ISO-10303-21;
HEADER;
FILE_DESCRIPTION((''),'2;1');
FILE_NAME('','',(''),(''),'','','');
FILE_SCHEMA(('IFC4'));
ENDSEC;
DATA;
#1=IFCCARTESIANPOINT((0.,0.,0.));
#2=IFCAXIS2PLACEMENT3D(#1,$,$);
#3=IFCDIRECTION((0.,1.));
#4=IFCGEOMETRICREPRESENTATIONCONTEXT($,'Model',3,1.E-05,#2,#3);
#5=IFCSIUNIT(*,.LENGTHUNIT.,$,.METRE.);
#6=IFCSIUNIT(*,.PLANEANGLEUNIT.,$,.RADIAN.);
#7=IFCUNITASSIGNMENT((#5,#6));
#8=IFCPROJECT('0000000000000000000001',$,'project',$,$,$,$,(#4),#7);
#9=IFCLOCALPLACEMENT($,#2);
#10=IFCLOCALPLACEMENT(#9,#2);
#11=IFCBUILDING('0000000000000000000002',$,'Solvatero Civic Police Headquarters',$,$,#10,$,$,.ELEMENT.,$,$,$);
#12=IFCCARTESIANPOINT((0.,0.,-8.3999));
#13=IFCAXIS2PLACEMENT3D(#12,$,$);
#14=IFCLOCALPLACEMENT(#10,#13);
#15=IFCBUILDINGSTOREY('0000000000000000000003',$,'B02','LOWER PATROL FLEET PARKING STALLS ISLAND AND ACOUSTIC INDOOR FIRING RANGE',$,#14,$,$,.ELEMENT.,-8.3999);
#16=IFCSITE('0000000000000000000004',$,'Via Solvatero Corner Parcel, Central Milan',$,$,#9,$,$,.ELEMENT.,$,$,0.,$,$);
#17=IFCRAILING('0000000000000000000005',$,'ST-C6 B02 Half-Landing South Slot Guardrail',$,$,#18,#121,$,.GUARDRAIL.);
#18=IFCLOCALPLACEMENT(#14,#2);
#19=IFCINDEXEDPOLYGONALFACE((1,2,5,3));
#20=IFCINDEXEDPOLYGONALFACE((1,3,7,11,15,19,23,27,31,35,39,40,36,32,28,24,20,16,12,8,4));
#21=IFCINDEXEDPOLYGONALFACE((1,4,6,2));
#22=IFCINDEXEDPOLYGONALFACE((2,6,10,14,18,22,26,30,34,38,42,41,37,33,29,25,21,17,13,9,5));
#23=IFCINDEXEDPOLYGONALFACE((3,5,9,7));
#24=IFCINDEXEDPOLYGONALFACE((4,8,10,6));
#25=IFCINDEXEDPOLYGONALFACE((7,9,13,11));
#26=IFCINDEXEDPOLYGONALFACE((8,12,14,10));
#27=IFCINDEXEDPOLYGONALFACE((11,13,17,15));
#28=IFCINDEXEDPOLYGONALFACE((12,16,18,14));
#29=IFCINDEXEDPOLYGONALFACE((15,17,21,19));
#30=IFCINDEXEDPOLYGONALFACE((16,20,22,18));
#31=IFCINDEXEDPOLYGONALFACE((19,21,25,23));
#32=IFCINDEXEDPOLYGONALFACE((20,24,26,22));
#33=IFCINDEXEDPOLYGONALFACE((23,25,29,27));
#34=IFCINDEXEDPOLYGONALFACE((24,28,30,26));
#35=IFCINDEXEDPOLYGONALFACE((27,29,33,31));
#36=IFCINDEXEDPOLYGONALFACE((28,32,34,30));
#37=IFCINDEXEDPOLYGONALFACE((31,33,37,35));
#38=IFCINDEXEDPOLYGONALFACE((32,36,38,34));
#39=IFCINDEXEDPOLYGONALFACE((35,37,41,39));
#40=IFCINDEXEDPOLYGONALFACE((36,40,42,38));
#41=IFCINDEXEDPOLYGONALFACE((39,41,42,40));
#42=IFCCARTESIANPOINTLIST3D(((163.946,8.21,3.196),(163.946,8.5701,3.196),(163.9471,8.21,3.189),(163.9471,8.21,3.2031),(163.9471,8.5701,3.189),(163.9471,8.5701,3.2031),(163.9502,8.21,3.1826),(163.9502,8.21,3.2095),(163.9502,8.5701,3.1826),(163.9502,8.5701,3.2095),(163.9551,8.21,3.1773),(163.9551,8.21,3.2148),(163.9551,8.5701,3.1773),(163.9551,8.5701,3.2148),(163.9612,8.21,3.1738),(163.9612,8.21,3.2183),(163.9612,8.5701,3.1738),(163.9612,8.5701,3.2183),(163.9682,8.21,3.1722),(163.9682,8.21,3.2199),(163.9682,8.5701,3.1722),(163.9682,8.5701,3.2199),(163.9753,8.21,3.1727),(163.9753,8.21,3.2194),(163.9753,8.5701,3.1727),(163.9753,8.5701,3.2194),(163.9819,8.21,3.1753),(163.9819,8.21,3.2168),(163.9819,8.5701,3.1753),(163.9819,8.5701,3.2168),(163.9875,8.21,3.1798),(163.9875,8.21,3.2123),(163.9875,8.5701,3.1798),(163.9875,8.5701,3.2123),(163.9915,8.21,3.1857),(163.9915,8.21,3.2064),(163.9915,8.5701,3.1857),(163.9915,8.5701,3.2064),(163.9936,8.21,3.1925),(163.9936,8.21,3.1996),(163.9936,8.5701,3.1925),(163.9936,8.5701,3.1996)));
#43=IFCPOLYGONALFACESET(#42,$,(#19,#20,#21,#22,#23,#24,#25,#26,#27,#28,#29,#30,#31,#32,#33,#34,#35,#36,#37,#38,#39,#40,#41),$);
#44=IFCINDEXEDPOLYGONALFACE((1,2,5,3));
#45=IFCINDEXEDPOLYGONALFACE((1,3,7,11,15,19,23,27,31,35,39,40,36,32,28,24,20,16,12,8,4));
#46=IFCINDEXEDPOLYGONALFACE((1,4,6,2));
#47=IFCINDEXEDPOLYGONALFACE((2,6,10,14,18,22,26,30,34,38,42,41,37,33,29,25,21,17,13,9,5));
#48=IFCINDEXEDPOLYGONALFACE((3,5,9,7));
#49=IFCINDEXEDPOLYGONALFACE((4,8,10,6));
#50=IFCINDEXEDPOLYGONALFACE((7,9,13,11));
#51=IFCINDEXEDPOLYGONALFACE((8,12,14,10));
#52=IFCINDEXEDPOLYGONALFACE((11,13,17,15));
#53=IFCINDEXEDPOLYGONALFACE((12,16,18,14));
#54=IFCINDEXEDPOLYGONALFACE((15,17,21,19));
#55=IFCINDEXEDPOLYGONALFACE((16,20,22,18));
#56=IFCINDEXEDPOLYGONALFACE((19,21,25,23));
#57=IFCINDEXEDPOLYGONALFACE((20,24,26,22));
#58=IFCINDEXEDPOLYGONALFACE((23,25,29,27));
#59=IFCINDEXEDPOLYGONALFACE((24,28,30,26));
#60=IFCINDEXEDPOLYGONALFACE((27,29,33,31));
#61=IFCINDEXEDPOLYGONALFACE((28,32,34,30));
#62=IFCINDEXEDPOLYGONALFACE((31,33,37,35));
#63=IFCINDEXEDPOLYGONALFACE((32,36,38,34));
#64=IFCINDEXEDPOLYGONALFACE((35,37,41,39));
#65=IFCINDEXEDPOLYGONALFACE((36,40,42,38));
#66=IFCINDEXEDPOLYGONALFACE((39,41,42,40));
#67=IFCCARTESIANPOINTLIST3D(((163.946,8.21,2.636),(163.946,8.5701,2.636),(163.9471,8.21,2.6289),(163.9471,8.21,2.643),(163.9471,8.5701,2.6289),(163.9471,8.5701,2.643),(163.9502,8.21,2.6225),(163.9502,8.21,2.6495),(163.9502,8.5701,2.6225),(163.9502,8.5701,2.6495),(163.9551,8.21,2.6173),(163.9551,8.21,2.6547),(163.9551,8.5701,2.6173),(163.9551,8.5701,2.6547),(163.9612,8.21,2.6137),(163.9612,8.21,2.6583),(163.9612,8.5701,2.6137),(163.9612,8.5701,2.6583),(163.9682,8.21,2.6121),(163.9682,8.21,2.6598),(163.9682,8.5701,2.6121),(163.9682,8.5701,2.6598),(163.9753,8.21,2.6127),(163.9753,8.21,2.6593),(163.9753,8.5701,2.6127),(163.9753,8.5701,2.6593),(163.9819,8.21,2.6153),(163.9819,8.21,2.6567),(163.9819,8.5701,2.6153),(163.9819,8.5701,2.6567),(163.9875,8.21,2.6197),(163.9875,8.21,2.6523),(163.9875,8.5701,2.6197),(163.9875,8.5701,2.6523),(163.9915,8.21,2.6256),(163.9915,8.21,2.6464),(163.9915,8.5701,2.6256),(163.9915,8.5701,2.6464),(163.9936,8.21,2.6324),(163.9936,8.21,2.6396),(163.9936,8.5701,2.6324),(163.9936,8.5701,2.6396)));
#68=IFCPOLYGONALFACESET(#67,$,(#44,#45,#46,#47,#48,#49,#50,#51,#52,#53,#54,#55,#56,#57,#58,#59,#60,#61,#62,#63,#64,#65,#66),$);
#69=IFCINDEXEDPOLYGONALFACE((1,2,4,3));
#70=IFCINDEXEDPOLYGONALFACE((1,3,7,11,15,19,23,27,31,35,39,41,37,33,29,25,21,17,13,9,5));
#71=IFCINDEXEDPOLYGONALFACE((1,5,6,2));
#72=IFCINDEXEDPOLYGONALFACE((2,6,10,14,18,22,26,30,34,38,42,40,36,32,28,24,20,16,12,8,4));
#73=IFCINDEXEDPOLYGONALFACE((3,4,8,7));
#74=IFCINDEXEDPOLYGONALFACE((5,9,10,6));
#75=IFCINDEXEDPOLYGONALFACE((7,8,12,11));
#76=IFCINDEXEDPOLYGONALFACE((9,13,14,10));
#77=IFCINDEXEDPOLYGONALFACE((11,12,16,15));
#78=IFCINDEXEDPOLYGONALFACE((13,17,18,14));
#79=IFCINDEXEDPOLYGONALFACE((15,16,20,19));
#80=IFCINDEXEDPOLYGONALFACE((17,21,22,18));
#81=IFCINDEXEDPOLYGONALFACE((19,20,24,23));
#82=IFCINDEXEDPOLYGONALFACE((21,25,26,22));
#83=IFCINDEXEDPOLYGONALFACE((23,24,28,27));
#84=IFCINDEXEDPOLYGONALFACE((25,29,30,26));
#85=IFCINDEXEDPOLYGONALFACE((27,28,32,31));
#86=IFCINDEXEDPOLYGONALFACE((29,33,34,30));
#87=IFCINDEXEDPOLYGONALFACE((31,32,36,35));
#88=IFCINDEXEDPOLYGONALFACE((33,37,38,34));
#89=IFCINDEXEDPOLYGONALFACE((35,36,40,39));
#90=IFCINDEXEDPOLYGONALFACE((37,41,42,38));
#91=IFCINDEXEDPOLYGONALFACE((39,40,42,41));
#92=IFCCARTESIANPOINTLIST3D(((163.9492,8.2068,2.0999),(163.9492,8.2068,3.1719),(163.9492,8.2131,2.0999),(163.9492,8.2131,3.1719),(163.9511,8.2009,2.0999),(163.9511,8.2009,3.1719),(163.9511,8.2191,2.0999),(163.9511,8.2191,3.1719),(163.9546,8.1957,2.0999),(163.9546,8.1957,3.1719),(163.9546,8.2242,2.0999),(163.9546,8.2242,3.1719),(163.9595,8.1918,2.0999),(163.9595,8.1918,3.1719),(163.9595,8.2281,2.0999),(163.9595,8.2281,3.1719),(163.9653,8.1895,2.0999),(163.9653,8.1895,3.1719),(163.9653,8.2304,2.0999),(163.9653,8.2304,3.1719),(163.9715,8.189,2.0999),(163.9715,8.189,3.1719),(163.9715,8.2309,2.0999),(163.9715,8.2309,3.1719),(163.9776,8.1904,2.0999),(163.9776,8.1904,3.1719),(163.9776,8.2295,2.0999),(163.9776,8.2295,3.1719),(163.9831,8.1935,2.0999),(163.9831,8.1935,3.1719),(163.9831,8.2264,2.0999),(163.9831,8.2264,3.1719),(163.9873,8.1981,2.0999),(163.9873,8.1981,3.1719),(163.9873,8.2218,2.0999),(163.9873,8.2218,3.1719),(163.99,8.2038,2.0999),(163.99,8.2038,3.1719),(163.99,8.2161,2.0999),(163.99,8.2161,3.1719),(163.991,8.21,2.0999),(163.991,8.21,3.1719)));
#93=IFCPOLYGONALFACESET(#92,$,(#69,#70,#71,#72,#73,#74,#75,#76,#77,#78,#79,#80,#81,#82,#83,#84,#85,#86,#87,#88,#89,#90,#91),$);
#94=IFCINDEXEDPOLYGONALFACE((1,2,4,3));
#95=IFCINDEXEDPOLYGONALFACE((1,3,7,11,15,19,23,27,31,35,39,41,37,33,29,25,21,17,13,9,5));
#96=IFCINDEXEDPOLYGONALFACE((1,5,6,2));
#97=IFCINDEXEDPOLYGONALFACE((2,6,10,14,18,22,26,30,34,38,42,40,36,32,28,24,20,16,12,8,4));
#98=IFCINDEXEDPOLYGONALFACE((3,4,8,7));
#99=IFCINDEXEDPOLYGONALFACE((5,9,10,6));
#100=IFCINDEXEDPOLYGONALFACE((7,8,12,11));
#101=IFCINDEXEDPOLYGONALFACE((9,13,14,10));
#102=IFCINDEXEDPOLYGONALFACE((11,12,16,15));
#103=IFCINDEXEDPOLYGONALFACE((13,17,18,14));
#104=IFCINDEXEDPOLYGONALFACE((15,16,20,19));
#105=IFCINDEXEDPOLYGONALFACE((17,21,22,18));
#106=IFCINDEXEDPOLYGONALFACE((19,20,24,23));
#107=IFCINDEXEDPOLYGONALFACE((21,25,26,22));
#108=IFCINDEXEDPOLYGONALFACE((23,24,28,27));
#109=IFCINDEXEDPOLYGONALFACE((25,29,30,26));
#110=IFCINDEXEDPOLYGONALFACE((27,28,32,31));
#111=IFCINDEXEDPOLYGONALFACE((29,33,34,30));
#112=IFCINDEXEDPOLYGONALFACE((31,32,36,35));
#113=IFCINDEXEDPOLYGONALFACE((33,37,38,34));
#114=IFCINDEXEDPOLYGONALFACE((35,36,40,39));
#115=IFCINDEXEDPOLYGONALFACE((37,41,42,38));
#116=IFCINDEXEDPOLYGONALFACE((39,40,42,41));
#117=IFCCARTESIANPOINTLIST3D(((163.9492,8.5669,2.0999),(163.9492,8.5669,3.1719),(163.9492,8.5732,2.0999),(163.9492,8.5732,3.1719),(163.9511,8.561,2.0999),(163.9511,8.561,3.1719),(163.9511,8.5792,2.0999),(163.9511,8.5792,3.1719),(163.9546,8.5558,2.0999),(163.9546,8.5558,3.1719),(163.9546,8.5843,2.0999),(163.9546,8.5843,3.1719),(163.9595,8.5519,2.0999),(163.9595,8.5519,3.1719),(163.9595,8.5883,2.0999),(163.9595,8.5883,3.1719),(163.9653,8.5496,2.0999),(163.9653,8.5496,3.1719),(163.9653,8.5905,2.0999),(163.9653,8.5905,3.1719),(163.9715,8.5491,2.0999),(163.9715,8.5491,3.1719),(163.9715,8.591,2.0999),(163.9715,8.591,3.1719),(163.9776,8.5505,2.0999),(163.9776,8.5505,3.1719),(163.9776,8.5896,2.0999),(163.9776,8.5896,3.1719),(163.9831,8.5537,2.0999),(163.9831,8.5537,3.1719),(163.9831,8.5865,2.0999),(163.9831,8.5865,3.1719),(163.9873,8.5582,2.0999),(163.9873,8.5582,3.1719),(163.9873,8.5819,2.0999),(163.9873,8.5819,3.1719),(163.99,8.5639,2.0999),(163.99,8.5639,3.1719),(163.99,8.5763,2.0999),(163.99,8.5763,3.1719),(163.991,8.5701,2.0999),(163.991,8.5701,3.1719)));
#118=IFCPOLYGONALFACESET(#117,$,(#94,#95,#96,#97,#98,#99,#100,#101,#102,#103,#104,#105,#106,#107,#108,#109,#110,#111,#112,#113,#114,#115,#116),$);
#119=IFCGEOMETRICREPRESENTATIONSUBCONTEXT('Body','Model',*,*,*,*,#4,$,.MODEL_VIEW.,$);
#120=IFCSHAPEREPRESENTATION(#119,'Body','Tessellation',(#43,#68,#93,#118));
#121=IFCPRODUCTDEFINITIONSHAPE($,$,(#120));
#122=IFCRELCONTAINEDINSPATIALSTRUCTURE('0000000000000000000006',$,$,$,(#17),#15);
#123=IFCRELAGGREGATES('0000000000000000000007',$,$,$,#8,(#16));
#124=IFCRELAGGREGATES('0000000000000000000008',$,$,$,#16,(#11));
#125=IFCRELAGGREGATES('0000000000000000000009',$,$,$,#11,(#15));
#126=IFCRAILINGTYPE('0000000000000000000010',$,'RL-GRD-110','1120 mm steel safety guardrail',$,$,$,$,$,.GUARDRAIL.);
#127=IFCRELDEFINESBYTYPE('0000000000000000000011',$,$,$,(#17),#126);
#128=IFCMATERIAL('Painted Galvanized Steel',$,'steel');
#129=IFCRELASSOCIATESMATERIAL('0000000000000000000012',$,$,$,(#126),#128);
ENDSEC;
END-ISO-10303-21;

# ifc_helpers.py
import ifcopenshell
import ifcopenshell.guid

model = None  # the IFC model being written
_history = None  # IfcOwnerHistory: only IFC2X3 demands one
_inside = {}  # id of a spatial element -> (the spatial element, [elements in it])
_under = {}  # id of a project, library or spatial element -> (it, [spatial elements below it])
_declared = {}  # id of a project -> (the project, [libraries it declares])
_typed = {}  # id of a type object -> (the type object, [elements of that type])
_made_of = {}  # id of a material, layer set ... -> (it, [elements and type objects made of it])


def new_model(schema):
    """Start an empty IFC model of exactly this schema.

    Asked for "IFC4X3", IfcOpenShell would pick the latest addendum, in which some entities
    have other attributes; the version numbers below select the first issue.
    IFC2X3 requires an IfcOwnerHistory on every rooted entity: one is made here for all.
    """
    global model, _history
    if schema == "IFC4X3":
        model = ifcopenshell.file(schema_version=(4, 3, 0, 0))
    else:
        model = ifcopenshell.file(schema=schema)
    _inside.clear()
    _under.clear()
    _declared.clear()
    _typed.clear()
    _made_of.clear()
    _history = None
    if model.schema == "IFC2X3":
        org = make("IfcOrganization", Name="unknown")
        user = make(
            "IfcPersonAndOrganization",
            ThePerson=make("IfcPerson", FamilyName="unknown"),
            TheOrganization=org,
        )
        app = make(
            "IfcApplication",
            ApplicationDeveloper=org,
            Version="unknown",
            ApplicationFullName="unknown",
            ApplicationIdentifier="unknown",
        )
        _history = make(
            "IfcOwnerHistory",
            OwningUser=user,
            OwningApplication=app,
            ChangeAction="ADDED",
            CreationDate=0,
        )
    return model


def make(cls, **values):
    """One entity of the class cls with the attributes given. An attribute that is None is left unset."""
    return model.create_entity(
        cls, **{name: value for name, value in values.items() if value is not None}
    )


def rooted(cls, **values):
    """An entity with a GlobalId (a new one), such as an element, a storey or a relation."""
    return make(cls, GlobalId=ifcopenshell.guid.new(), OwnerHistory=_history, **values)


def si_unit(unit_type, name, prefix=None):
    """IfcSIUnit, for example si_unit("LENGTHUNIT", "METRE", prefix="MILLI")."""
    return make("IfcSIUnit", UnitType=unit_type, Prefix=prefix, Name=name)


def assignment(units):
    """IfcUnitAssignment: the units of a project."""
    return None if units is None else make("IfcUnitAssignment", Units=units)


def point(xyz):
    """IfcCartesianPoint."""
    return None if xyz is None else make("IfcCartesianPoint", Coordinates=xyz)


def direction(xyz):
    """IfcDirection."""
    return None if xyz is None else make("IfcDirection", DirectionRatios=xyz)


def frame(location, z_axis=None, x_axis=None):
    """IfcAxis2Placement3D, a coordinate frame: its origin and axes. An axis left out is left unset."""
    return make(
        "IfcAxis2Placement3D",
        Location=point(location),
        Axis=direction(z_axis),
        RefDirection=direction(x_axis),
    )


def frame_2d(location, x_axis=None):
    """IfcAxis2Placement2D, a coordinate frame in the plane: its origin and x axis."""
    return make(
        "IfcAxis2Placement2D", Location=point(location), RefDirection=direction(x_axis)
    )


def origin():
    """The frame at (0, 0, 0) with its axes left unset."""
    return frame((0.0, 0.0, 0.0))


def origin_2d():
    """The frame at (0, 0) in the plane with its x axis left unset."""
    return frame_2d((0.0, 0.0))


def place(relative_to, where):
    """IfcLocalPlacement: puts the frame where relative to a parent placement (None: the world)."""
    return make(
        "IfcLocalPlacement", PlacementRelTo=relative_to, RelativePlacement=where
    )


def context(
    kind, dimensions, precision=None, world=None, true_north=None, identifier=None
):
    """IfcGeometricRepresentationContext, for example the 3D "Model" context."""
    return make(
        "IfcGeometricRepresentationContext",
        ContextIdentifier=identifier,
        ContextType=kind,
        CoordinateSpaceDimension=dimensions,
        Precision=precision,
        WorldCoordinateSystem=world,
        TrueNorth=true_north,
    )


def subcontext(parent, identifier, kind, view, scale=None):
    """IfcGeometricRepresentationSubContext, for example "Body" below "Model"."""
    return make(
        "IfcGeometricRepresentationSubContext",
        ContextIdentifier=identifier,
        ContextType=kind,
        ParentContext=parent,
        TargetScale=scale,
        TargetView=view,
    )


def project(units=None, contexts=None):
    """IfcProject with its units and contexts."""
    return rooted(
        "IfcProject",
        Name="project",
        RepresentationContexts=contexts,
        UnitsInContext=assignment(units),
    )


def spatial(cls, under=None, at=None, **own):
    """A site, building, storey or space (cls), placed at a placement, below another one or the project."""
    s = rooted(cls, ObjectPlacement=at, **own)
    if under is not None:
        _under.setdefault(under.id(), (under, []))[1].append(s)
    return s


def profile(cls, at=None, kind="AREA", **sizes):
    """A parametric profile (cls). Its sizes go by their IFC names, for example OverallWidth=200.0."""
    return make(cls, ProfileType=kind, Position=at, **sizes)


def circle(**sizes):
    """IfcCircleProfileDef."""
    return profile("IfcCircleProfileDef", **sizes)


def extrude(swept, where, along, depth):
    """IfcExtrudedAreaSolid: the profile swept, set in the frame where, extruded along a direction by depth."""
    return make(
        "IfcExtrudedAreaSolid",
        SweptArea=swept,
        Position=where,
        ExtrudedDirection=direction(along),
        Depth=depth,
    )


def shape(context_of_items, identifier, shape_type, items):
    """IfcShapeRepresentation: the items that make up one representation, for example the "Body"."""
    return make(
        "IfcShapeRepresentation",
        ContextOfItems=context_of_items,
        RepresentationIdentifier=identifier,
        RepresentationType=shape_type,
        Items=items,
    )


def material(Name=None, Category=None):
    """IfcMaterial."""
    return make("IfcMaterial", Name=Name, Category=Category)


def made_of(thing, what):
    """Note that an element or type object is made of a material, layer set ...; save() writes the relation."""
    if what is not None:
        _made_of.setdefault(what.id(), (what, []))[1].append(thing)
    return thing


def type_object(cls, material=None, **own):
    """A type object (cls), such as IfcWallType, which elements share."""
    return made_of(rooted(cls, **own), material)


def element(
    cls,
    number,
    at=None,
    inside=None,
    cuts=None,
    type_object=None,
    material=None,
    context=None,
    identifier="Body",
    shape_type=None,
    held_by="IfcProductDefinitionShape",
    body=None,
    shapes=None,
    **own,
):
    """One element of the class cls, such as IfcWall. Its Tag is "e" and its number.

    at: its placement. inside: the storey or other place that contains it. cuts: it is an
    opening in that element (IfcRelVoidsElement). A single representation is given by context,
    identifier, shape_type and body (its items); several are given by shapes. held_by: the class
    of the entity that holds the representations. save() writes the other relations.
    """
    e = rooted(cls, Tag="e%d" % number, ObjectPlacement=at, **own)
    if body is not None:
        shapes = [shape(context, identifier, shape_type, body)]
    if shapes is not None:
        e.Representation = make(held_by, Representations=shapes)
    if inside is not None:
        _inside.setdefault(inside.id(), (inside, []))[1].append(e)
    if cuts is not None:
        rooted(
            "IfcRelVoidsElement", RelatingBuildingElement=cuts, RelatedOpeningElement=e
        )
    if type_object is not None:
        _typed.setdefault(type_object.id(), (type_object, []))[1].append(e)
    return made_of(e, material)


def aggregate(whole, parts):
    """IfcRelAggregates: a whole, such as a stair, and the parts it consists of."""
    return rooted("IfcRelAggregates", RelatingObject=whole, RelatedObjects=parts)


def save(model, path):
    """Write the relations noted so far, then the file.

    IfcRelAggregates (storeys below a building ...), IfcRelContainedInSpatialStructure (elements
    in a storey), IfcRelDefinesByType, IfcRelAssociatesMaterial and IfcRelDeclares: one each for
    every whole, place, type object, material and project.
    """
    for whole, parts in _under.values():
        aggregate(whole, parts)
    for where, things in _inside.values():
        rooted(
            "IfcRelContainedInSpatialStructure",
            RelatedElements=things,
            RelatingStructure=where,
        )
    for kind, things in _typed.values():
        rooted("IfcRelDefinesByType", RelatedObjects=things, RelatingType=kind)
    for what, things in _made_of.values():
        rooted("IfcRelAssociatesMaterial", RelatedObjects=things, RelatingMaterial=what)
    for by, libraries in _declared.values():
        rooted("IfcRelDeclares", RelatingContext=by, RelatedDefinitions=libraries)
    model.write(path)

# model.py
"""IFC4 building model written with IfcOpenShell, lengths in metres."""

from ifc_helpers import new_model, si_unit, direction, frame, origin, origin_2d, place, context, subcontext, project, spatial, circle, extrude, material, type_object, element, save


model = new_model("IFC4")

# Units and contexts
model_context = context("Model", 3, precision=1e-05, world=origin(), true_north=direction((0.0, 1.0)))
body_context = subcontext(model_context, "Body", "Model", "MODEL_VIEW")
ifc_project = project(units=[si_unit("LENGTHUNIT", "METRE"), si_unit("PLANEANGLEUNIT", "RADIAN")], contexts=[model_context])

# Site, building, storey
site_placement = place(None, origin())
site = spatial("IfcSite", under=ifc_project, at=site_placement, Name="Via Solvatero Corner Parcel, Central Milan", CompositionType="ELEMENT", RefElevation=0.0)
building_placement = place(site_placement, origin())
building = spatial("IfcBuilding", under=site, at=building_placement, Name="Solvatero Civic Police Headquarters", CompositionType="ELEMENT")
storey_placement = place(building_placement, frame((0.0, 0.0, -8.3999)))
storey = spatial("IfcBuildingStorey", under=building, at=storey_placement, Name="B02", Description="LOWER PATROL FLEET PARKING STALLS ISLAND AND ACOUSTIC INDOOR FIRING RANGE", CompositionType="ELEMENT", Elevation=-8.3999)

# Railing
ifc_material_1 = material(Name="Painted Galvanized Steel", Category="steel")
railing_type_1 = type_object("IfcRailingType", Name="RL-GRD-110", Description="1120 mm steel safety guardrail", PredefinedType="GUARDRAIL", material=ifc_material_1)
for number, where, name in (
    (1, (163.97, 8.21, 2.0999), "ST-C6 B02 Half-Landing South Slot Guardrail"),
):
    element("IfcRailing", number, at=place(storey_placement, frame(where)), inside=storey, type_object=railing_type_1, Name=name, PredefinedType="GUARDRAIL", context=body_context, shape_type="SweptSolid", body=[
        extrude(circle(Radius=0.0239, at=origin_2d()), frame((0.0, 0.0, 1.0962), z_axis=(0.0, 1.0, 0.0), x_axis=(-1.0, 0.0, 0.0)), (0.0, 0.0, 1.0), 0.3601),
        extrude(circle(Radius=0.0239, at=origin_2d()), frame((0.0, 0.0, 0.5361), z_axis=(0.0, 1.0, 0.0), x_axis=(-1.0, 0.0, 0.0)), (0.0, 0.0, 1.0), 0.3601),
        extrude(circle(Radius=0.021, at=origin_2d()), origin(), (0.0, 0.0, 1.0), 1.072),
        extrude(circle(Radius=0.021, at=origin_2d()), frame((0.0, 0.3601, 0.0)), (0.0, 0.0, 1.0), 1.072),
    ])

save(model, "model.ifc")
